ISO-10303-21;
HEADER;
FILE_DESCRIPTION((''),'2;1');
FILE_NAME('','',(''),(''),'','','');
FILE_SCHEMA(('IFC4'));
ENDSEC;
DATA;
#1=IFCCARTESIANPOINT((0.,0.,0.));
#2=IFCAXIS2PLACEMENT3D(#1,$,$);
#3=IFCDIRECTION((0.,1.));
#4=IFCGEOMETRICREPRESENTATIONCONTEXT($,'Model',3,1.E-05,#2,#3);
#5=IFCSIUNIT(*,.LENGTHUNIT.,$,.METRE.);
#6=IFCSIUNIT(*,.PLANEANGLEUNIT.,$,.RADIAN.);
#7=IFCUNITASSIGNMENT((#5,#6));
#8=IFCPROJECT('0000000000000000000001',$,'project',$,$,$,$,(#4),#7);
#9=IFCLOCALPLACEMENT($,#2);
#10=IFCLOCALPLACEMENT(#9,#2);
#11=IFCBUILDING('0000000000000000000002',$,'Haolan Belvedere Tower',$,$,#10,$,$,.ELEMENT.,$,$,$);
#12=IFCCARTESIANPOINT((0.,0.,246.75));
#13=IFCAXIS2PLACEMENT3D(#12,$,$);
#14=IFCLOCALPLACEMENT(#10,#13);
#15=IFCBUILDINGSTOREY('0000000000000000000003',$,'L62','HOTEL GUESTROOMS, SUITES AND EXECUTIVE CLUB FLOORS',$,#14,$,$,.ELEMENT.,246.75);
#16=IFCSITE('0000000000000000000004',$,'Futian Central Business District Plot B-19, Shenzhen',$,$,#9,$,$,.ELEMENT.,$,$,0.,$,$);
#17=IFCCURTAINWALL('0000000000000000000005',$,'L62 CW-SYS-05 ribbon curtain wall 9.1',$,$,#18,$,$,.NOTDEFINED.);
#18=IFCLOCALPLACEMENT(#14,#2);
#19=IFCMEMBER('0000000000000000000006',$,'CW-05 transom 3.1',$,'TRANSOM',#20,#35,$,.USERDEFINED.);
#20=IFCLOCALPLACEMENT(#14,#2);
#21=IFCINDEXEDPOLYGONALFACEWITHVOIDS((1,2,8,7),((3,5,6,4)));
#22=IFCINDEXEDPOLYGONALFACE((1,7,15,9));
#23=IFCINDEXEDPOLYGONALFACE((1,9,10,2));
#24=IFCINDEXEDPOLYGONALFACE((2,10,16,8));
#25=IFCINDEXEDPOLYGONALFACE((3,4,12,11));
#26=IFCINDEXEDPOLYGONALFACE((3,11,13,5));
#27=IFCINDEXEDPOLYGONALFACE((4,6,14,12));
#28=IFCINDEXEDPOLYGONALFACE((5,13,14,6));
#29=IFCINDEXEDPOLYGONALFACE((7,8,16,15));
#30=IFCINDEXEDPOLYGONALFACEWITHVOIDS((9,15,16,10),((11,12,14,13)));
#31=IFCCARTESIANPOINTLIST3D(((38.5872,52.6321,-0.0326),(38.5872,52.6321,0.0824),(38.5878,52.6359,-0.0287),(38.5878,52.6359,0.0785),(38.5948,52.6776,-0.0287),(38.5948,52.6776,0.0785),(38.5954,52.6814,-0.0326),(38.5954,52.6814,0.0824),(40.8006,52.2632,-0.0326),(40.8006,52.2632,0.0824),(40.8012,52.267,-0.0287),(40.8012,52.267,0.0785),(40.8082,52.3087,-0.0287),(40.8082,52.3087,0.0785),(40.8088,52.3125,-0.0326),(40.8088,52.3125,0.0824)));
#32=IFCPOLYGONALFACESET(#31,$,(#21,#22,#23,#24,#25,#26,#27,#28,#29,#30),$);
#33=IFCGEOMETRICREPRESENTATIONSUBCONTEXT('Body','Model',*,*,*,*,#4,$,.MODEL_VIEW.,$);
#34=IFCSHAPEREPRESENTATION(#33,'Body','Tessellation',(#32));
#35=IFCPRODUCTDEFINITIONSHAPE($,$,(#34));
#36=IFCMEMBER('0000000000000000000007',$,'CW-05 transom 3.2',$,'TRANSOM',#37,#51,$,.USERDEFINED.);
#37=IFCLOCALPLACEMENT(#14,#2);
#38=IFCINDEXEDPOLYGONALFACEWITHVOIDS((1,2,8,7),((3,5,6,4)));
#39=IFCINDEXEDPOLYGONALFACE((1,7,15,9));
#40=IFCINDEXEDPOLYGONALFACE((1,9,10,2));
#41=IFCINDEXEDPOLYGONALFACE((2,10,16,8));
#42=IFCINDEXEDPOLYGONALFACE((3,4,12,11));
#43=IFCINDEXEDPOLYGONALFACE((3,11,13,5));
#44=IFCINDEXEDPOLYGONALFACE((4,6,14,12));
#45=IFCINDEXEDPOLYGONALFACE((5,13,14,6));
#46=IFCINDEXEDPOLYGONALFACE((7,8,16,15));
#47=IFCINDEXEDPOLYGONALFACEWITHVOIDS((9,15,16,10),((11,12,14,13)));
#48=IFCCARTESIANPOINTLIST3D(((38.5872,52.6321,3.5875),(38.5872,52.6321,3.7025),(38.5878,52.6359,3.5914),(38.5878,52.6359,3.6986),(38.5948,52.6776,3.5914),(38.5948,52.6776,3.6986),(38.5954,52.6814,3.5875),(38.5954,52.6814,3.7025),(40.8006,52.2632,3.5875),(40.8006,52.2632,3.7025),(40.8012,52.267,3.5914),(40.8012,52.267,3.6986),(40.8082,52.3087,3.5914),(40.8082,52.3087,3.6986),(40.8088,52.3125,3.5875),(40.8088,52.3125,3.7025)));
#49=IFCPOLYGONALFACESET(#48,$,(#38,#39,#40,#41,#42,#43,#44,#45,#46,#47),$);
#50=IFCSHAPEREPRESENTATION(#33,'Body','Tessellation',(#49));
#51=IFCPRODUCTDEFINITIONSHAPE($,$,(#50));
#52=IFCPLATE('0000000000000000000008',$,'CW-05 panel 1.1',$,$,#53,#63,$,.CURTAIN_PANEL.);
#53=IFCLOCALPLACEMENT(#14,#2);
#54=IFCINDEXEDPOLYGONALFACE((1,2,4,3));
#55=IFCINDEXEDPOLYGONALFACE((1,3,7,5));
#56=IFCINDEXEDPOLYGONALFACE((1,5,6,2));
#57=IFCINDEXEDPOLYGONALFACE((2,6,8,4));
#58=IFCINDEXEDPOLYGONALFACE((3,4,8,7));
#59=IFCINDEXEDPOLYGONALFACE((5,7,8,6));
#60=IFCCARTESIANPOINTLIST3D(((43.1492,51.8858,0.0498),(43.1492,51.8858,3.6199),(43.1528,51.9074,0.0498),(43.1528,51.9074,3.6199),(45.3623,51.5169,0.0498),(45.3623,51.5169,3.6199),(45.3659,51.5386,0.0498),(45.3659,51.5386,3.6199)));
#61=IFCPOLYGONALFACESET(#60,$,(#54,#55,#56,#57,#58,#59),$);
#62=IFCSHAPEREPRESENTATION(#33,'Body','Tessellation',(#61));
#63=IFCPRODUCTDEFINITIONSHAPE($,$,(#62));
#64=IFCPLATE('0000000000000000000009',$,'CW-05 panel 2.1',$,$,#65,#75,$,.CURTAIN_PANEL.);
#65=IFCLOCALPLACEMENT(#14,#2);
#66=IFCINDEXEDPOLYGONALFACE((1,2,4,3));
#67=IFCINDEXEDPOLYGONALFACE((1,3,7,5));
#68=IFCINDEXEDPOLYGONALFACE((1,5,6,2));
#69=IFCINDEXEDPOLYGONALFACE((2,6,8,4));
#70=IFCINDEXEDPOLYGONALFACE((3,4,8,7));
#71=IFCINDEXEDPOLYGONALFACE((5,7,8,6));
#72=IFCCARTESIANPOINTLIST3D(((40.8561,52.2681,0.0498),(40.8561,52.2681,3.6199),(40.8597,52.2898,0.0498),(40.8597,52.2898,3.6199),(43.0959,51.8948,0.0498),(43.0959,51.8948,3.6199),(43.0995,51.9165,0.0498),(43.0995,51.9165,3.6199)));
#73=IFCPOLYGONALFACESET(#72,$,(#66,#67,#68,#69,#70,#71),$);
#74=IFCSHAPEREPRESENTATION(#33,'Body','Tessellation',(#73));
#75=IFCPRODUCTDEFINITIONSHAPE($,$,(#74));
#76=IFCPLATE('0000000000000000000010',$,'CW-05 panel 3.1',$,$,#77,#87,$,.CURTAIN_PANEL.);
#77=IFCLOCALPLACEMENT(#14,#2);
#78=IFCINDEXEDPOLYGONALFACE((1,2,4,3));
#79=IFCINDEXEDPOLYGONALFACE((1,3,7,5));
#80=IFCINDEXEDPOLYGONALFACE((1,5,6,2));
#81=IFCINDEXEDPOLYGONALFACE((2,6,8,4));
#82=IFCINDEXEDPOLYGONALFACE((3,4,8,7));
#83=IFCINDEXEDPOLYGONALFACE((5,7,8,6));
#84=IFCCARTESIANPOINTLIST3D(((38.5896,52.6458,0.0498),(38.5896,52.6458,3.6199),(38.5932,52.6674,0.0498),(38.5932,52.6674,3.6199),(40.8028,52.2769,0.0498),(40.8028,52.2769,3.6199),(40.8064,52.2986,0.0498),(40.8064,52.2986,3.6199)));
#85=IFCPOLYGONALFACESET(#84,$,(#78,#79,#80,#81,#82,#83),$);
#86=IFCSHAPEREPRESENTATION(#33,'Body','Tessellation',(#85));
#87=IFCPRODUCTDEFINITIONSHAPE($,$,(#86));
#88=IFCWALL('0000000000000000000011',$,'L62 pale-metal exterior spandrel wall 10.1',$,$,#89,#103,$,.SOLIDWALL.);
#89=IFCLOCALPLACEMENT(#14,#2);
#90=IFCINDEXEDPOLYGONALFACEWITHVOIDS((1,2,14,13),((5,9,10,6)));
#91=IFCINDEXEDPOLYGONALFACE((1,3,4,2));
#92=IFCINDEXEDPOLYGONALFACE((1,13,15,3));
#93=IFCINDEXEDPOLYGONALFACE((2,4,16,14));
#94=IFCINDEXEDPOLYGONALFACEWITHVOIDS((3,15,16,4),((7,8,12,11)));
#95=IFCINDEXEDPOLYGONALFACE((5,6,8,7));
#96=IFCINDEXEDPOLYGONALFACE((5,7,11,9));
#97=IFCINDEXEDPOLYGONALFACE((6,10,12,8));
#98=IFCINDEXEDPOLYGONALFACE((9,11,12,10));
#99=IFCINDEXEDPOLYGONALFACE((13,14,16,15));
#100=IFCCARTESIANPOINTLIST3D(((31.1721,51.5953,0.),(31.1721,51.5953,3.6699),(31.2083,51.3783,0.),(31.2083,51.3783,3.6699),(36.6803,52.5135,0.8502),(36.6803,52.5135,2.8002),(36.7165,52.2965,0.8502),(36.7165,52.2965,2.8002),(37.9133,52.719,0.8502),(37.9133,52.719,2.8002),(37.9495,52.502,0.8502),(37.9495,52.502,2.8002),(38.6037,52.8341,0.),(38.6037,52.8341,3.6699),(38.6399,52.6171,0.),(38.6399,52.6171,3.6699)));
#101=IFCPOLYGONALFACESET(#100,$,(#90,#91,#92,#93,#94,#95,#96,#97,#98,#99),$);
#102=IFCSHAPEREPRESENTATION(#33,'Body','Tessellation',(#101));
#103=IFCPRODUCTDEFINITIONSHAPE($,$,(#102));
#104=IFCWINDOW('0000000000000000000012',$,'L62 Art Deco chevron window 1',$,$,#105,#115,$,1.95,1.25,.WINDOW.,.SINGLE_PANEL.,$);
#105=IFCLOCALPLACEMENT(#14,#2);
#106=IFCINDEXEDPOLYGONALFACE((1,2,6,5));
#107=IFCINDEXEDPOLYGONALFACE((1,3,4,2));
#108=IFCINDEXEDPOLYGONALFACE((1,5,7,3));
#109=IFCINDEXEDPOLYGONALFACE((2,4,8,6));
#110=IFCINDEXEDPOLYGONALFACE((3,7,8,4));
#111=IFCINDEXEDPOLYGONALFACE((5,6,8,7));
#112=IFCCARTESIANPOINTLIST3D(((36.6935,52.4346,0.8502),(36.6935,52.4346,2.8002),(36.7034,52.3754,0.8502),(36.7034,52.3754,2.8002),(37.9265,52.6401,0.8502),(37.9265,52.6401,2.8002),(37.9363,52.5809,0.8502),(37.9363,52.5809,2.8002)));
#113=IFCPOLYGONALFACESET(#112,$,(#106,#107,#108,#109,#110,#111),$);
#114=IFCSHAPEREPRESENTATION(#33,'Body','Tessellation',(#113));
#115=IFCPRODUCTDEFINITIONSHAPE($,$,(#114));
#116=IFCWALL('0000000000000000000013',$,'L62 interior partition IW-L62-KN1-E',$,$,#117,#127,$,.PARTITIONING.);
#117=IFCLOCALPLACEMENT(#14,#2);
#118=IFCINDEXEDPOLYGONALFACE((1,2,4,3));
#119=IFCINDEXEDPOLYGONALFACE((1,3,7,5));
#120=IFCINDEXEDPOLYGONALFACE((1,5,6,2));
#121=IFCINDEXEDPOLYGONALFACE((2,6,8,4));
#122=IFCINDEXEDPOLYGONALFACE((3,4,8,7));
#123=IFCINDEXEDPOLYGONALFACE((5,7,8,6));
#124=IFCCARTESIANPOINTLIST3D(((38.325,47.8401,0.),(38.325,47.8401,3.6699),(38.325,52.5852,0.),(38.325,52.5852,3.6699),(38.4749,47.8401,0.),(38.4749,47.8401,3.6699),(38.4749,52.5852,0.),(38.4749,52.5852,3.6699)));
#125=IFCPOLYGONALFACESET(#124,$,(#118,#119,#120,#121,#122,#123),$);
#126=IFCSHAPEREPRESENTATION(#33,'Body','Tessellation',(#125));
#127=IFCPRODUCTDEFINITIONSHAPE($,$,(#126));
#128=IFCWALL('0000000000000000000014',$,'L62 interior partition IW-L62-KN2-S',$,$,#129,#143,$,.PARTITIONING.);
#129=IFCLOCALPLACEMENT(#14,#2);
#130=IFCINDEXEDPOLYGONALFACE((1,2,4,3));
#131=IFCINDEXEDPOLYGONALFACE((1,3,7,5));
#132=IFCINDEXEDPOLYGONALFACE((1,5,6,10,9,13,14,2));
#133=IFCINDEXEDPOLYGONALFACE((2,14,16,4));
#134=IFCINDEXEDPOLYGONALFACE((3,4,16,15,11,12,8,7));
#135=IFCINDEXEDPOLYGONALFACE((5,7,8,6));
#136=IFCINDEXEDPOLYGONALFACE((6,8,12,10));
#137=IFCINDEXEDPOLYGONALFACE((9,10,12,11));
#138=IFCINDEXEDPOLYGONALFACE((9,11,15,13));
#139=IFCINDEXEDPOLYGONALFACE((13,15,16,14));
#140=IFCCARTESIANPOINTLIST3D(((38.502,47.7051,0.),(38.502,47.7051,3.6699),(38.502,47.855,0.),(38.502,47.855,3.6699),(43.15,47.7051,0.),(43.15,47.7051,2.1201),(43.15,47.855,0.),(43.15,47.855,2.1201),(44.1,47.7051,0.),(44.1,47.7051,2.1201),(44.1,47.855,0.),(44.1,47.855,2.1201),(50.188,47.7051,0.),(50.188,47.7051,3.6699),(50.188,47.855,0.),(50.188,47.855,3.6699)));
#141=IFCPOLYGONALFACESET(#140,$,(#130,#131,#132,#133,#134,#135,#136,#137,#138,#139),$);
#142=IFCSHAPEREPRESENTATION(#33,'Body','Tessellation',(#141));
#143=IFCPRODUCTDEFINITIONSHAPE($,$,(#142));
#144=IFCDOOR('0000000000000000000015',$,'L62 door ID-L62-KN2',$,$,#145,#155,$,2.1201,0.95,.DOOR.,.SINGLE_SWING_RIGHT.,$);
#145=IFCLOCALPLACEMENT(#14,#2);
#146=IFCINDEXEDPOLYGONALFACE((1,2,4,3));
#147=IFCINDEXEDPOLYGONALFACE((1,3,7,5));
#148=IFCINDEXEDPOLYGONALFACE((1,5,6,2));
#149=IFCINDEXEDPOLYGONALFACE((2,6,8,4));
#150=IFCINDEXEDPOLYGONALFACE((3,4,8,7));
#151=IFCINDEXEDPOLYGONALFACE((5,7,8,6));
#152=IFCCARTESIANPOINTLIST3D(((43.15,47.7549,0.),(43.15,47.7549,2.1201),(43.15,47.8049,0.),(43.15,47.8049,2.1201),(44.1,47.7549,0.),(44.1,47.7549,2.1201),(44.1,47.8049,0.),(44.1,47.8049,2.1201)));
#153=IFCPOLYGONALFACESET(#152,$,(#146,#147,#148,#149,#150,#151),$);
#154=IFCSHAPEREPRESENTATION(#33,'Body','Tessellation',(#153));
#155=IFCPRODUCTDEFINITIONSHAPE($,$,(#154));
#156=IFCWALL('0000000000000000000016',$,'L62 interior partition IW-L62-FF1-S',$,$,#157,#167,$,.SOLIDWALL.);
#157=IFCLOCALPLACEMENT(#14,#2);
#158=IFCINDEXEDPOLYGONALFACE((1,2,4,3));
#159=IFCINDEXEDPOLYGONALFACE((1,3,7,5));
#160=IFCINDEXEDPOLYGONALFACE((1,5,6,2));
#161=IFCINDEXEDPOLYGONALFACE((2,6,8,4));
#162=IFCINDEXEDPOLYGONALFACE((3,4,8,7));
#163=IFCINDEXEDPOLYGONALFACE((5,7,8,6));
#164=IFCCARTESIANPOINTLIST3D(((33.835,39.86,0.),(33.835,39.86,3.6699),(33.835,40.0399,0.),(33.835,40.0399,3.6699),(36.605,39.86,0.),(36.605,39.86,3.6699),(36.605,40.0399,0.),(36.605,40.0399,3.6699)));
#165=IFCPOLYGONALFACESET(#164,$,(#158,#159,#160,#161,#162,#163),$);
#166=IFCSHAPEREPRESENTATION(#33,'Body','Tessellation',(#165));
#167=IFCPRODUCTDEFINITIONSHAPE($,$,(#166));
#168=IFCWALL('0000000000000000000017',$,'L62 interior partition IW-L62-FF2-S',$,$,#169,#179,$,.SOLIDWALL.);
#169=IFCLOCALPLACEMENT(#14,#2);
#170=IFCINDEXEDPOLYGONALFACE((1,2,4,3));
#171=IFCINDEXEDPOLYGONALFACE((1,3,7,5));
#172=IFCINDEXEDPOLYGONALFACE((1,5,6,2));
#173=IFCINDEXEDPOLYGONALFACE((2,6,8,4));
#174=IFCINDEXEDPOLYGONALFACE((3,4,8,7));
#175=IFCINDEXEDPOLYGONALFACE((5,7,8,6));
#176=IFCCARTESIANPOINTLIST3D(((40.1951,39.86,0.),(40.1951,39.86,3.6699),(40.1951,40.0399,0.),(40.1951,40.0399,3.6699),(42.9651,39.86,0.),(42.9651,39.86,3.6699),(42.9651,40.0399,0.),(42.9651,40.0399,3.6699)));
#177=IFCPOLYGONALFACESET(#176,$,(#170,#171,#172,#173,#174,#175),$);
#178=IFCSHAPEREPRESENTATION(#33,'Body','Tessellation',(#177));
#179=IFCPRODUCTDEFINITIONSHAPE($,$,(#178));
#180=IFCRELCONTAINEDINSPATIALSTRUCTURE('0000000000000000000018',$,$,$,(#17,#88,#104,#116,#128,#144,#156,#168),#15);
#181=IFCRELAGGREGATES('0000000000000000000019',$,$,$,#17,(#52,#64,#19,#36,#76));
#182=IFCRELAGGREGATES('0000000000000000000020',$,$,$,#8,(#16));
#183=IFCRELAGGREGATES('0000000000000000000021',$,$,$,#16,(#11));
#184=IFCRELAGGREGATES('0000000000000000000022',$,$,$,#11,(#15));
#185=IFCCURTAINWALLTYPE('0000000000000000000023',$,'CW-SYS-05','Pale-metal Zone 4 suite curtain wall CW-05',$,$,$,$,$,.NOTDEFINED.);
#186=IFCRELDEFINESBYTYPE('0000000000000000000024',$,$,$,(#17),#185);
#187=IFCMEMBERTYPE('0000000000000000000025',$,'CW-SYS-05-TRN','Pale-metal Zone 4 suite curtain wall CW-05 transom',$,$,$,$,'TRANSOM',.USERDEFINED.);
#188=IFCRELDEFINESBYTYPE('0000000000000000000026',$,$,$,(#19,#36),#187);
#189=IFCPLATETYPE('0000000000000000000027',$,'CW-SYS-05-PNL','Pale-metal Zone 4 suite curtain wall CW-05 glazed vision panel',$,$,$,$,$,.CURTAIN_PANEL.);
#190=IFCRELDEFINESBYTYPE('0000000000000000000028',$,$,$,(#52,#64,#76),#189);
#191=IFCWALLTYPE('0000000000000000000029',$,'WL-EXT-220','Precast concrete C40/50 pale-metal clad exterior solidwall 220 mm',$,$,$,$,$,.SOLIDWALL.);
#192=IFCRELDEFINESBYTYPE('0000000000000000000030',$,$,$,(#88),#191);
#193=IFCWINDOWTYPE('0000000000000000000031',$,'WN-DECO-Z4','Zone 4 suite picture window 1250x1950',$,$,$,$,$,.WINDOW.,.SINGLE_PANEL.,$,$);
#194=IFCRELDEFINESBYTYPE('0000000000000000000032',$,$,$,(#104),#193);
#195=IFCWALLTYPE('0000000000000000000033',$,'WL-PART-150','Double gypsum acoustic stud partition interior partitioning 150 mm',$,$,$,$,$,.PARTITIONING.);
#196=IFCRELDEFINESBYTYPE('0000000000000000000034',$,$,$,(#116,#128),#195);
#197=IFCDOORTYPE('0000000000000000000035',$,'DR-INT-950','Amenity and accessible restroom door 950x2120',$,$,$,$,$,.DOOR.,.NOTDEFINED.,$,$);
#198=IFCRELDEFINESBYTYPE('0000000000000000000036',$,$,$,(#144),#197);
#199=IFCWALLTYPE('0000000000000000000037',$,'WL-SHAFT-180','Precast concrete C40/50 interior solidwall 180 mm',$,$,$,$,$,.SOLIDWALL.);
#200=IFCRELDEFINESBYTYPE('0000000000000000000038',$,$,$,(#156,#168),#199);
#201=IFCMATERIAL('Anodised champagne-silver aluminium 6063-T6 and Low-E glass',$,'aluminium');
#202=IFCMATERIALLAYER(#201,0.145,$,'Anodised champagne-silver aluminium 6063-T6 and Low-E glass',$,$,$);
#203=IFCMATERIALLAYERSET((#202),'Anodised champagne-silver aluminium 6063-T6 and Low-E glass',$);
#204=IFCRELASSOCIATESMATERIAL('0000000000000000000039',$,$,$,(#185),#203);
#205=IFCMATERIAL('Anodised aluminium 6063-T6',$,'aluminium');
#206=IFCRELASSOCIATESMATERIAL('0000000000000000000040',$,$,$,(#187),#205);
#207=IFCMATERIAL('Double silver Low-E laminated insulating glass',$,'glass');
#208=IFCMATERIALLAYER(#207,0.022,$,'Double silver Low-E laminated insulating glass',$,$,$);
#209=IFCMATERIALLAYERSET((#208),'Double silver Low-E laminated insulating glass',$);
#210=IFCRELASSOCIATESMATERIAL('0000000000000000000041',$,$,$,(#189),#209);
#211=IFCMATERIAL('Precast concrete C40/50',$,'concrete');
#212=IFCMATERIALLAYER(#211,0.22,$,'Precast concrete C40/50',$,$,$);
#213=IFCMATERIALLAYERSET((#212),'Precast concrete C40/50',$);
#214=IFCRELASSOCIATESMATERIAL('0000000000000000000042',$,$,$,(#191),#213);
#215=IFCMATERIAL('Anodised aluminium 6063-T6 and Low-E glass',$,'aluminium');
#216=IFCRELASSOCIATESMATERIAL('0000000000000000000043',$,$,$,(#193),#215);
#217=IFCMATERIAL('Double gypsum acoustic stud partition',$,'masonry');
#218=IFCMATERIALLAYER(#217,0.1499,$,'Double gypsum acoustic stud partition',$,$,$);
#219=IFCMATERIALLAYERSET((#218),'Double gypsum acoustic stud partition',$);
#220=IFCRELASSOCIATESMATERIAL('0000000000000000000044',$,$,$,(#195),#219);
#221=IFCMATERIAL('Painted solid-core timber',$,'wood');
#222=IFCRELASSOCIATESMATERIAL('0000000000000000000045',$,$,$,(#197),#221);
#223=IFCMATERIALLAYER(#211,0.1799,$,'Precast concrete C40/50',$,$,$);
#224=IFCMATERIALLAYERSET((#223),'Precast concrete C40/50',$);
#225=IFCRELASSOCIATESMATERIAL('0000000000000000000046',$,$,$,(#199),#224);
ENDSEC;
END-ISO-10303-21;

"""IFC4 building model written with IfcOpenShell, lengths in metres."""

from ifc_helpers import new_model, si_unit, direction, frame, frame_2d, origin, origin_2d, place, context, subcontext, project, spatial, rectangle, hollow_rectangle, extrude, material, layer, layer_set, material_profile, profile_set, type_object, element, fill, aggregate, save


model = new_model("IFC4")

# Units and contexts
model_context = context("Model", 3, precision=1e-05, world=origin(), true_north=direction((0.0, 1.0)))
body_context = subcontext(model_context, "Body", "Model", "MODEL_VIEW")
ifc_project = project(units=[si_unit("LENGTHUNIT", "METRE"), si_unit("PLANEANGLEUNIT", "RADIAN")], contexts=[model_context])

# Site, building, storey
site_placement = place(None, origin())
site = spatial("IfcSite", under=ifc_project, at=site_placement, Name="Futian Central Business District Plot B-19, Shenzhen", CompositionType="ELEMENT", RefElevation=0.0)
building_placement = place(site_placement, origin())
building = spatial("IfcBuilding", under=site, at=building_placement, Name="Haolan Belvedere Tower", CompositionType="ELEMENT")
storey_placement = place(building_placement, frame((0.0, 0.0, 246.75)))
storey = spatial("IfcBuildingStorey", under=building, at=storey_placement, Name="L62", Description="HOTEL GUESTROOMS, SUITES AND EXECUTIVE CLUB FLOORS", CompositionType="ELEMENT", Elevation=246.75)

# Curtain wall, members, plates
ifc_material_1 = material(Name="Anodised champagne-silver aluminium 6063-T6 and Low-E glass", Category="aluminium")
ifc_layer_1 = layer(ifc_material_1, 0.145, Name="Anodised champagne-silver aluminium 6063-T6 and Low-E glass")
ifc_layer_set_1 = layer_set([ifc_layer_1], Name="Anodised champagne-silver aluminium 6063-T6 and Low-E glass")
curtain_wall_type = type_object("IfcCurtainWallType", Name="CW-SYS-05", Description="Pale-metal Zone 4 suite curtain wall CW-05", PredefinedType="NOTDEFINED", material=ifc_layer_set_1)
curtain_wall_placement = place(storey_placement, origin())
curtain_wall = element("IfcCurtainWall", 1, at=curtain_wall_placement, inside=storey, type_object=curtain_wall_type, Name="L62 CW-SYS-05 ribbon curtain wall 9.1", PredefinedType="NOTDEFINED")
ifc_material_2 = material(Name="Anodised aluminium 6063-T6", Category="aluminium")
ifc_material_profile_1 = material_profile(ifc_material_2, hollow_rectangle(XDim=0.05, YDim=0.115, WallThickness=0.0039, at=origin_2d()), Name="Anodised aluminium 6063-T6")
ifc_profile_set_1 = profile_set([ifc_material_profile_1], Name="Anodised aluminium 6063-T6")
member_type_1 = type_object("IfcMemberType", Name="CW-SYS-05-TRN", Description="Pale-metal Zone 4 suite curtain wall CW-05 transom", ElementType="TRANSOM", PredefinedType="USERDEFINED", material=ifc_profile_set_1)
member_1_placement = place(storey_placement, frame((40.8047, 52.2878, 0.0249), z_axis=(-0.986394, 0.164399, 0.0), x_axis=(-0.164399, -0.986394, 0.0)))
member_1 = element("IfcMember", 2, at=member_1_placement, type_object=member_type_1, Name="CW-05 transom 3.1", ObjectType="TRANSOM", PredefinedType="USERDEFINED", context=body_context, shape_type="SweptSolid", body=[
    extrude(hollow_rectangle(XDim=0.05, YDim=0.115, WallThickness=0.0039, at=origin_2d()), origin(), (0.0, 0.0, 1.0), 2.2439),
])
member_2_placement = place(storey_placement, frame((40.8047, 52.2878, 3.645), z_axis=(-0.986394, 0.164399, 0.0), x_axis=(-0.164399, -0.986394, 0.0)))
member_2 = element("IfcMember", 3, at=member_2_placement, type_object=member_type_1, Name="CW-05 transom 3.2", ObjectType="TRANSOM", PredefinedType="USERDEFINED", context=body_context, shape_type="SweptSolid", body=[
    extrude(hollow_rectangle(XDim=0.05, YDim=0.115, WallThickness=0.0039, at=origin_2d()), origin(), (0.0, 0.0, 1.0), 2.2439),
])
ifc_material_3 = material(Name="Double silver Low-E laminated insulating glass", Category="glass")
ifc_layer_2 = layer(ifc_material_3, 0.022, Name="Double silver Low-E laminated insulating glass")
ifc_layer_set_2 = layer_set([ifc_layer_2], Name="Double silver Low-E laminated insulating glass")
plate_type = type_object("IfcPlateType", Name="CW-SYS-05-PNL", Description="Pale-metal Zone 4 suite curtain wall CW-05 glazed vision panel", PredefinedType="CURTAIN_PANEL", material=ifc_layer_set_2)
plate_1_placement = place(storey_placement, frame((44.2576, 51.7122, 0.0498), z_axis=(0.0, 0.0, 1.0), x_axis=(-0.986393, 0.164406, 0.0)))
plate_1 = element("IfcPlate", 4, at=plate_1_placement, type_object=plate_type, Name="CW-05 panel 1.1", PredefinedType="CURTAIN_PANEL", context=body_context, shape_type="SweptSolid", body=[
    extrude(rectangle(XDim=2.2437, YDim=0.022, at=origin_2d()), origin(), (0.0, 0.0, 1.0), 3.5701),
])
plate_2_placement = place(storey_placement, frame((41.9778, 52.0923, 0.0498), z_axis=(0.0, 0.0, 1.0), x_axis=(-0.986393, 0.164406, 0.0)))
plate_2 = element("IfcPlate", 5, at=plate_2_placement, type_object=plate_type, Name="CW-05 panel 2.1", PredefinedType="CURTAIN_PANEL", context=body_context, shape_type="SweptSolid", body=[
    extrude(rectangle(XDim=2.2708, YDim=0.022, at=origin_2d()), origin(), (0.0, 0.0, 1.0), 3.5701),
])
plate_3_placement = place(storey_placement, frame((39.698, 52.4722, 0.0498), z_axis=(0.0, 0.0, 1.0), x_axis=(-0.986393, 0.164406, 0.0)))
plate_3 = element("IfcPlate", 6, at=plate_3_placement, type_object=plate_type, Name="CW-05 panel 3.1", PredefinedType="CURTAIN_PANEL", context=body_context, shape_type="SweptSolid", body=[
    extrude(rectangle(XDim=2.2437, YDim=0.022, at=origin_2d()), origin(), (0.0, 0.0, 1.0), 3.5701),
])
aggregate(curtain_wall, [plate_1, plate_2, member_1, member_2, plate_3])

# Wall, opening, window
ifc_material_4 = material(Name="Precast concrete C40/50", Category="concrete")
ifc_layer_3 = layer(ifc_material_4, 0.22, Name="Precast concrete C40/50")
ifc_layer_set_3 = layer_set([ifc_layer_3], Name="Precast concrete C40/50")
wall_type_1 = type_object("IfcWallType", Name="WL-EXT-220", Description="Precast concrete C40/50 pale-metal clad exterior solidwall 220 mm", PredefinedType="SOLIDWALL", material=ifc_layer_set_3)
wall_1_placement = place(storey_placement, frame((38.6218, 52.7256, 0.0), z_axis=(0.0, 0.0, 1.0), x_axis=(-0.98639, -0.16442, 0.0)))
wall_1 = element("IfcWall", 7, at=wall_1_placement, inside=storey, type_object=wall_type_1, Name="L62 pale-metal exterior spandrel wall 10.1", PredefinedType="SOLIDWALL", context=body_context, shape_type="SweptSolid", body=[
    extrude(rectangle(XDim=7.5342, YDim=0.22, at=frame_2d((3.7671, 0.0))), origin(), (0.0, 0.0, 1.0), 3.6699),
])
opening_1_placement = place(wall_1_placement, frame((0.7, 0.0, 0.8501)))
opening_1 = element("IfcOpeningElement", 8, at=opening_1_placement, cuts=wall_1, PredefinedType="OPENING", context=body_context, shape_type="SweptSolid", body=[
    extrude(rectangle(XDim=1.25, YDim=1.95, at=frame_2d((0.625, 0.9751))), frame((0.0, 0.1199, 0.0), z_axis=(0.0, -1.0, 0.0), x_axis=(1.0, 0.0, 0.0)), (0.0, 0.0, 1.0), 0.24),
])
ifc_material_5 = material(Name="Anodised aluminium 6063-T6 and Low-E glass", Category="aluminium")
window_type = type_object("IfcWindowType", Name="WN-DECO-Z4", Description="Zone 4 suite picture window 1250x1950", PartitioningType="SINGLE_PANEL", PredefinedType="WINDOW", material=ifc_material_5)
window_placement = place(opening_1_placement, origin())
window = element("IfcWindow", 9, at=window_placement, inside=storey, type_object=window_type, Name="L62 Art Deco chevron window 1", OverallHeight=1.95, OverallWidth=1.25, PartitioningType="SINGLE_PANEL", PredefinedType="WINDOW", context=body_context, shape_type="SweptSolid", body=[
    extrude(rectangle(XDim=1.25, YDim=1.95, at=frame_2d((0.625, 0.9751))), frame((0.0, 0.03, 0.0), z_axis=(0.0, -1.0, 0.0), x_axis=(1.0, 0.0, 0.0)), (0.0, 0.0, 1.0), 0.0601),
])
fill(opening_1, window)

# Wall
ifc_material_6 = material(Name="Double gypsum acoustic stud partition", Category="masonry")
ifc_layer_4 = layer(ifc_material_6, 0.1499, Name="Double gypsum acoustic stud partition")
ifc_layer_set_4 = layer_set([ifc_layer_4], Name="Double gypsum acoustic stud partition")
wall_type_2 = type_object("IfcWallType", Name="WL-PART-150", Description="Double gypsum acoustic stud partition interior partitioning 150 mm", PredefinedType="PARTITIONING", material=ifc_layer_set_4)
wall_2_placement = place(storey_placement, frame((38.3999, 47.8401, 0.0), z_axis=(0.0, 0.0, 1.0), x_axis=(0.0, 1.0, 0.0)))
element("IfcWall", 10, at=wall_2_placement, inside=storey, type_object=wall_type_2, Name="L62 interior partition IW-L62-KN1-E", PredefinedType="PARTITIONING", context=body_context, shape_type="SweptSolid", body=[
    extrude(rectangle(XDim=4.7451, YDim=0.1499, at=frame_2d((2.3726, 0.0))), origin(), (0.0, 0.0, 1.0), 3.6699),
])

# Wall, opening, door
wall_3_placement = place(storey_placement, frame((38.502, 47.78, 0.0), z_axis=(0.0, 0.0, 1.0), x_axis=(1.0, 0.0, 0.0)))
wall_3 = element("IfcWall", 11, at=wall_3_placement, inside=storey, type_object=wall_type_2, Name="L62 interior partition IW-L62-KN2-S", PredefinedType="PARTITIONING", context=body_context, shape_type="SweptSolid", body=[
    extrude(rectangle(XDim=11.686, YDim=0.1499, at=frame_2d((5.843, 0.0))), origin(), (0.0, 0.0, 1.0), 3.6699),
])
opening_2_placement = place(wall_3_placement, frame((4.6479, 0.0, 0.0)))
opening_2 = element("IfcOpeningElement", 12, at=opening_2_placement, cuts=wall_3, PredefinedType="OPENING", context=body_context, shape_type="SweptSolid", body=[
    extrude(rectangle(XDim=0.95, YDim=2.1201, at=frame_2d((0.4751, 1.0601))), frame((0.0, 0.085, 0.0), z_axis=(0.0, -1.0, 0.0), x_axis=(1.0, 0.0, 0.0)), (0.0, 0.0, 1.0), 0.1699),
])
ifc_material_7 = material(Name="Painted solid-core timber", Category="wood")
door_type = type_object("IfcDoorType", Name="DR-INT-950", Description="Amenity and accessible restroom door 950x2120", OperationType="NOTDEFINED", PredefinedType="DOOR", material=ifc_material_7)
door_placement = place(opening_2_placement, origin())
door = element("IfcDoor", 13, at=door_placement, inside=storey, type_object=door_type, Name="L62 door ID-L62-KN2", OperationType="SINGLE_SWING_RIGHT", OverallHeight=2.1201, OverallWidth=0.95, PredefinedType="DOOR", context=body_context, shape_type="SweptSolid", body=[
    extrude(rectangle(XDim=0.95, YDim=2.1201, at=frame_2d((0.4751, 1.0601))), frame((0.0, 0.0249, 0.0), z_axis=(0.0, -1.0, 0.0), x_axis=(1.0, 0.0, 0.0)), (0.0, 0.0, 1.0), 0.05),
])
fill(opening_2, door)

# Walls
ifc_layer_5 = layer(ifc_material_4, 0.1799, Name="Precast concrete C40/50")
ifc_layer_set_5 = layer_set([ifc_layer_5], Name="Precast concrete C40/50")
wall_type_3 = type_object("IfcWallType", Name="WL-SHAFT-180", Description="Precast concrete C40/50 interior solidwall 180 mm", PredefinedType="SOLIDWALL", material=ifc_layer_set_5)
for number, where, z_axis, x_axis, name in (
    (14, (33.835, 39.95, 0.0), (0.0, 0.0, 1.0), (1.0, 0.0, 0.0), "L62 interior partition IW-L62-FF1-S"),
    (15, (40.1951, 39.95, 0.0), (0.0, 0.0, 1.0), (1.0, 0.0, 0.0), "L62 interior partition IW-L62-FF2-S"),
):
    element("IfcWall", number, at=place(storey_placement, frame(where, z_axis=z_axis, x_axis=x_axis)), inside=storey, type_object=wall_type_3, Name=name, PredefinedType="SOLIDWALL", context=body_context, shape_type="SweptSolid", body=[
        extrude(rectangle(XDim=2.77, YDim=0.1799, at=frame_2d((1.385, 0.0))), origin(), (0.0, 0.0, 1.0), 3.6699),
    ])

save(model, "model.ifc")
